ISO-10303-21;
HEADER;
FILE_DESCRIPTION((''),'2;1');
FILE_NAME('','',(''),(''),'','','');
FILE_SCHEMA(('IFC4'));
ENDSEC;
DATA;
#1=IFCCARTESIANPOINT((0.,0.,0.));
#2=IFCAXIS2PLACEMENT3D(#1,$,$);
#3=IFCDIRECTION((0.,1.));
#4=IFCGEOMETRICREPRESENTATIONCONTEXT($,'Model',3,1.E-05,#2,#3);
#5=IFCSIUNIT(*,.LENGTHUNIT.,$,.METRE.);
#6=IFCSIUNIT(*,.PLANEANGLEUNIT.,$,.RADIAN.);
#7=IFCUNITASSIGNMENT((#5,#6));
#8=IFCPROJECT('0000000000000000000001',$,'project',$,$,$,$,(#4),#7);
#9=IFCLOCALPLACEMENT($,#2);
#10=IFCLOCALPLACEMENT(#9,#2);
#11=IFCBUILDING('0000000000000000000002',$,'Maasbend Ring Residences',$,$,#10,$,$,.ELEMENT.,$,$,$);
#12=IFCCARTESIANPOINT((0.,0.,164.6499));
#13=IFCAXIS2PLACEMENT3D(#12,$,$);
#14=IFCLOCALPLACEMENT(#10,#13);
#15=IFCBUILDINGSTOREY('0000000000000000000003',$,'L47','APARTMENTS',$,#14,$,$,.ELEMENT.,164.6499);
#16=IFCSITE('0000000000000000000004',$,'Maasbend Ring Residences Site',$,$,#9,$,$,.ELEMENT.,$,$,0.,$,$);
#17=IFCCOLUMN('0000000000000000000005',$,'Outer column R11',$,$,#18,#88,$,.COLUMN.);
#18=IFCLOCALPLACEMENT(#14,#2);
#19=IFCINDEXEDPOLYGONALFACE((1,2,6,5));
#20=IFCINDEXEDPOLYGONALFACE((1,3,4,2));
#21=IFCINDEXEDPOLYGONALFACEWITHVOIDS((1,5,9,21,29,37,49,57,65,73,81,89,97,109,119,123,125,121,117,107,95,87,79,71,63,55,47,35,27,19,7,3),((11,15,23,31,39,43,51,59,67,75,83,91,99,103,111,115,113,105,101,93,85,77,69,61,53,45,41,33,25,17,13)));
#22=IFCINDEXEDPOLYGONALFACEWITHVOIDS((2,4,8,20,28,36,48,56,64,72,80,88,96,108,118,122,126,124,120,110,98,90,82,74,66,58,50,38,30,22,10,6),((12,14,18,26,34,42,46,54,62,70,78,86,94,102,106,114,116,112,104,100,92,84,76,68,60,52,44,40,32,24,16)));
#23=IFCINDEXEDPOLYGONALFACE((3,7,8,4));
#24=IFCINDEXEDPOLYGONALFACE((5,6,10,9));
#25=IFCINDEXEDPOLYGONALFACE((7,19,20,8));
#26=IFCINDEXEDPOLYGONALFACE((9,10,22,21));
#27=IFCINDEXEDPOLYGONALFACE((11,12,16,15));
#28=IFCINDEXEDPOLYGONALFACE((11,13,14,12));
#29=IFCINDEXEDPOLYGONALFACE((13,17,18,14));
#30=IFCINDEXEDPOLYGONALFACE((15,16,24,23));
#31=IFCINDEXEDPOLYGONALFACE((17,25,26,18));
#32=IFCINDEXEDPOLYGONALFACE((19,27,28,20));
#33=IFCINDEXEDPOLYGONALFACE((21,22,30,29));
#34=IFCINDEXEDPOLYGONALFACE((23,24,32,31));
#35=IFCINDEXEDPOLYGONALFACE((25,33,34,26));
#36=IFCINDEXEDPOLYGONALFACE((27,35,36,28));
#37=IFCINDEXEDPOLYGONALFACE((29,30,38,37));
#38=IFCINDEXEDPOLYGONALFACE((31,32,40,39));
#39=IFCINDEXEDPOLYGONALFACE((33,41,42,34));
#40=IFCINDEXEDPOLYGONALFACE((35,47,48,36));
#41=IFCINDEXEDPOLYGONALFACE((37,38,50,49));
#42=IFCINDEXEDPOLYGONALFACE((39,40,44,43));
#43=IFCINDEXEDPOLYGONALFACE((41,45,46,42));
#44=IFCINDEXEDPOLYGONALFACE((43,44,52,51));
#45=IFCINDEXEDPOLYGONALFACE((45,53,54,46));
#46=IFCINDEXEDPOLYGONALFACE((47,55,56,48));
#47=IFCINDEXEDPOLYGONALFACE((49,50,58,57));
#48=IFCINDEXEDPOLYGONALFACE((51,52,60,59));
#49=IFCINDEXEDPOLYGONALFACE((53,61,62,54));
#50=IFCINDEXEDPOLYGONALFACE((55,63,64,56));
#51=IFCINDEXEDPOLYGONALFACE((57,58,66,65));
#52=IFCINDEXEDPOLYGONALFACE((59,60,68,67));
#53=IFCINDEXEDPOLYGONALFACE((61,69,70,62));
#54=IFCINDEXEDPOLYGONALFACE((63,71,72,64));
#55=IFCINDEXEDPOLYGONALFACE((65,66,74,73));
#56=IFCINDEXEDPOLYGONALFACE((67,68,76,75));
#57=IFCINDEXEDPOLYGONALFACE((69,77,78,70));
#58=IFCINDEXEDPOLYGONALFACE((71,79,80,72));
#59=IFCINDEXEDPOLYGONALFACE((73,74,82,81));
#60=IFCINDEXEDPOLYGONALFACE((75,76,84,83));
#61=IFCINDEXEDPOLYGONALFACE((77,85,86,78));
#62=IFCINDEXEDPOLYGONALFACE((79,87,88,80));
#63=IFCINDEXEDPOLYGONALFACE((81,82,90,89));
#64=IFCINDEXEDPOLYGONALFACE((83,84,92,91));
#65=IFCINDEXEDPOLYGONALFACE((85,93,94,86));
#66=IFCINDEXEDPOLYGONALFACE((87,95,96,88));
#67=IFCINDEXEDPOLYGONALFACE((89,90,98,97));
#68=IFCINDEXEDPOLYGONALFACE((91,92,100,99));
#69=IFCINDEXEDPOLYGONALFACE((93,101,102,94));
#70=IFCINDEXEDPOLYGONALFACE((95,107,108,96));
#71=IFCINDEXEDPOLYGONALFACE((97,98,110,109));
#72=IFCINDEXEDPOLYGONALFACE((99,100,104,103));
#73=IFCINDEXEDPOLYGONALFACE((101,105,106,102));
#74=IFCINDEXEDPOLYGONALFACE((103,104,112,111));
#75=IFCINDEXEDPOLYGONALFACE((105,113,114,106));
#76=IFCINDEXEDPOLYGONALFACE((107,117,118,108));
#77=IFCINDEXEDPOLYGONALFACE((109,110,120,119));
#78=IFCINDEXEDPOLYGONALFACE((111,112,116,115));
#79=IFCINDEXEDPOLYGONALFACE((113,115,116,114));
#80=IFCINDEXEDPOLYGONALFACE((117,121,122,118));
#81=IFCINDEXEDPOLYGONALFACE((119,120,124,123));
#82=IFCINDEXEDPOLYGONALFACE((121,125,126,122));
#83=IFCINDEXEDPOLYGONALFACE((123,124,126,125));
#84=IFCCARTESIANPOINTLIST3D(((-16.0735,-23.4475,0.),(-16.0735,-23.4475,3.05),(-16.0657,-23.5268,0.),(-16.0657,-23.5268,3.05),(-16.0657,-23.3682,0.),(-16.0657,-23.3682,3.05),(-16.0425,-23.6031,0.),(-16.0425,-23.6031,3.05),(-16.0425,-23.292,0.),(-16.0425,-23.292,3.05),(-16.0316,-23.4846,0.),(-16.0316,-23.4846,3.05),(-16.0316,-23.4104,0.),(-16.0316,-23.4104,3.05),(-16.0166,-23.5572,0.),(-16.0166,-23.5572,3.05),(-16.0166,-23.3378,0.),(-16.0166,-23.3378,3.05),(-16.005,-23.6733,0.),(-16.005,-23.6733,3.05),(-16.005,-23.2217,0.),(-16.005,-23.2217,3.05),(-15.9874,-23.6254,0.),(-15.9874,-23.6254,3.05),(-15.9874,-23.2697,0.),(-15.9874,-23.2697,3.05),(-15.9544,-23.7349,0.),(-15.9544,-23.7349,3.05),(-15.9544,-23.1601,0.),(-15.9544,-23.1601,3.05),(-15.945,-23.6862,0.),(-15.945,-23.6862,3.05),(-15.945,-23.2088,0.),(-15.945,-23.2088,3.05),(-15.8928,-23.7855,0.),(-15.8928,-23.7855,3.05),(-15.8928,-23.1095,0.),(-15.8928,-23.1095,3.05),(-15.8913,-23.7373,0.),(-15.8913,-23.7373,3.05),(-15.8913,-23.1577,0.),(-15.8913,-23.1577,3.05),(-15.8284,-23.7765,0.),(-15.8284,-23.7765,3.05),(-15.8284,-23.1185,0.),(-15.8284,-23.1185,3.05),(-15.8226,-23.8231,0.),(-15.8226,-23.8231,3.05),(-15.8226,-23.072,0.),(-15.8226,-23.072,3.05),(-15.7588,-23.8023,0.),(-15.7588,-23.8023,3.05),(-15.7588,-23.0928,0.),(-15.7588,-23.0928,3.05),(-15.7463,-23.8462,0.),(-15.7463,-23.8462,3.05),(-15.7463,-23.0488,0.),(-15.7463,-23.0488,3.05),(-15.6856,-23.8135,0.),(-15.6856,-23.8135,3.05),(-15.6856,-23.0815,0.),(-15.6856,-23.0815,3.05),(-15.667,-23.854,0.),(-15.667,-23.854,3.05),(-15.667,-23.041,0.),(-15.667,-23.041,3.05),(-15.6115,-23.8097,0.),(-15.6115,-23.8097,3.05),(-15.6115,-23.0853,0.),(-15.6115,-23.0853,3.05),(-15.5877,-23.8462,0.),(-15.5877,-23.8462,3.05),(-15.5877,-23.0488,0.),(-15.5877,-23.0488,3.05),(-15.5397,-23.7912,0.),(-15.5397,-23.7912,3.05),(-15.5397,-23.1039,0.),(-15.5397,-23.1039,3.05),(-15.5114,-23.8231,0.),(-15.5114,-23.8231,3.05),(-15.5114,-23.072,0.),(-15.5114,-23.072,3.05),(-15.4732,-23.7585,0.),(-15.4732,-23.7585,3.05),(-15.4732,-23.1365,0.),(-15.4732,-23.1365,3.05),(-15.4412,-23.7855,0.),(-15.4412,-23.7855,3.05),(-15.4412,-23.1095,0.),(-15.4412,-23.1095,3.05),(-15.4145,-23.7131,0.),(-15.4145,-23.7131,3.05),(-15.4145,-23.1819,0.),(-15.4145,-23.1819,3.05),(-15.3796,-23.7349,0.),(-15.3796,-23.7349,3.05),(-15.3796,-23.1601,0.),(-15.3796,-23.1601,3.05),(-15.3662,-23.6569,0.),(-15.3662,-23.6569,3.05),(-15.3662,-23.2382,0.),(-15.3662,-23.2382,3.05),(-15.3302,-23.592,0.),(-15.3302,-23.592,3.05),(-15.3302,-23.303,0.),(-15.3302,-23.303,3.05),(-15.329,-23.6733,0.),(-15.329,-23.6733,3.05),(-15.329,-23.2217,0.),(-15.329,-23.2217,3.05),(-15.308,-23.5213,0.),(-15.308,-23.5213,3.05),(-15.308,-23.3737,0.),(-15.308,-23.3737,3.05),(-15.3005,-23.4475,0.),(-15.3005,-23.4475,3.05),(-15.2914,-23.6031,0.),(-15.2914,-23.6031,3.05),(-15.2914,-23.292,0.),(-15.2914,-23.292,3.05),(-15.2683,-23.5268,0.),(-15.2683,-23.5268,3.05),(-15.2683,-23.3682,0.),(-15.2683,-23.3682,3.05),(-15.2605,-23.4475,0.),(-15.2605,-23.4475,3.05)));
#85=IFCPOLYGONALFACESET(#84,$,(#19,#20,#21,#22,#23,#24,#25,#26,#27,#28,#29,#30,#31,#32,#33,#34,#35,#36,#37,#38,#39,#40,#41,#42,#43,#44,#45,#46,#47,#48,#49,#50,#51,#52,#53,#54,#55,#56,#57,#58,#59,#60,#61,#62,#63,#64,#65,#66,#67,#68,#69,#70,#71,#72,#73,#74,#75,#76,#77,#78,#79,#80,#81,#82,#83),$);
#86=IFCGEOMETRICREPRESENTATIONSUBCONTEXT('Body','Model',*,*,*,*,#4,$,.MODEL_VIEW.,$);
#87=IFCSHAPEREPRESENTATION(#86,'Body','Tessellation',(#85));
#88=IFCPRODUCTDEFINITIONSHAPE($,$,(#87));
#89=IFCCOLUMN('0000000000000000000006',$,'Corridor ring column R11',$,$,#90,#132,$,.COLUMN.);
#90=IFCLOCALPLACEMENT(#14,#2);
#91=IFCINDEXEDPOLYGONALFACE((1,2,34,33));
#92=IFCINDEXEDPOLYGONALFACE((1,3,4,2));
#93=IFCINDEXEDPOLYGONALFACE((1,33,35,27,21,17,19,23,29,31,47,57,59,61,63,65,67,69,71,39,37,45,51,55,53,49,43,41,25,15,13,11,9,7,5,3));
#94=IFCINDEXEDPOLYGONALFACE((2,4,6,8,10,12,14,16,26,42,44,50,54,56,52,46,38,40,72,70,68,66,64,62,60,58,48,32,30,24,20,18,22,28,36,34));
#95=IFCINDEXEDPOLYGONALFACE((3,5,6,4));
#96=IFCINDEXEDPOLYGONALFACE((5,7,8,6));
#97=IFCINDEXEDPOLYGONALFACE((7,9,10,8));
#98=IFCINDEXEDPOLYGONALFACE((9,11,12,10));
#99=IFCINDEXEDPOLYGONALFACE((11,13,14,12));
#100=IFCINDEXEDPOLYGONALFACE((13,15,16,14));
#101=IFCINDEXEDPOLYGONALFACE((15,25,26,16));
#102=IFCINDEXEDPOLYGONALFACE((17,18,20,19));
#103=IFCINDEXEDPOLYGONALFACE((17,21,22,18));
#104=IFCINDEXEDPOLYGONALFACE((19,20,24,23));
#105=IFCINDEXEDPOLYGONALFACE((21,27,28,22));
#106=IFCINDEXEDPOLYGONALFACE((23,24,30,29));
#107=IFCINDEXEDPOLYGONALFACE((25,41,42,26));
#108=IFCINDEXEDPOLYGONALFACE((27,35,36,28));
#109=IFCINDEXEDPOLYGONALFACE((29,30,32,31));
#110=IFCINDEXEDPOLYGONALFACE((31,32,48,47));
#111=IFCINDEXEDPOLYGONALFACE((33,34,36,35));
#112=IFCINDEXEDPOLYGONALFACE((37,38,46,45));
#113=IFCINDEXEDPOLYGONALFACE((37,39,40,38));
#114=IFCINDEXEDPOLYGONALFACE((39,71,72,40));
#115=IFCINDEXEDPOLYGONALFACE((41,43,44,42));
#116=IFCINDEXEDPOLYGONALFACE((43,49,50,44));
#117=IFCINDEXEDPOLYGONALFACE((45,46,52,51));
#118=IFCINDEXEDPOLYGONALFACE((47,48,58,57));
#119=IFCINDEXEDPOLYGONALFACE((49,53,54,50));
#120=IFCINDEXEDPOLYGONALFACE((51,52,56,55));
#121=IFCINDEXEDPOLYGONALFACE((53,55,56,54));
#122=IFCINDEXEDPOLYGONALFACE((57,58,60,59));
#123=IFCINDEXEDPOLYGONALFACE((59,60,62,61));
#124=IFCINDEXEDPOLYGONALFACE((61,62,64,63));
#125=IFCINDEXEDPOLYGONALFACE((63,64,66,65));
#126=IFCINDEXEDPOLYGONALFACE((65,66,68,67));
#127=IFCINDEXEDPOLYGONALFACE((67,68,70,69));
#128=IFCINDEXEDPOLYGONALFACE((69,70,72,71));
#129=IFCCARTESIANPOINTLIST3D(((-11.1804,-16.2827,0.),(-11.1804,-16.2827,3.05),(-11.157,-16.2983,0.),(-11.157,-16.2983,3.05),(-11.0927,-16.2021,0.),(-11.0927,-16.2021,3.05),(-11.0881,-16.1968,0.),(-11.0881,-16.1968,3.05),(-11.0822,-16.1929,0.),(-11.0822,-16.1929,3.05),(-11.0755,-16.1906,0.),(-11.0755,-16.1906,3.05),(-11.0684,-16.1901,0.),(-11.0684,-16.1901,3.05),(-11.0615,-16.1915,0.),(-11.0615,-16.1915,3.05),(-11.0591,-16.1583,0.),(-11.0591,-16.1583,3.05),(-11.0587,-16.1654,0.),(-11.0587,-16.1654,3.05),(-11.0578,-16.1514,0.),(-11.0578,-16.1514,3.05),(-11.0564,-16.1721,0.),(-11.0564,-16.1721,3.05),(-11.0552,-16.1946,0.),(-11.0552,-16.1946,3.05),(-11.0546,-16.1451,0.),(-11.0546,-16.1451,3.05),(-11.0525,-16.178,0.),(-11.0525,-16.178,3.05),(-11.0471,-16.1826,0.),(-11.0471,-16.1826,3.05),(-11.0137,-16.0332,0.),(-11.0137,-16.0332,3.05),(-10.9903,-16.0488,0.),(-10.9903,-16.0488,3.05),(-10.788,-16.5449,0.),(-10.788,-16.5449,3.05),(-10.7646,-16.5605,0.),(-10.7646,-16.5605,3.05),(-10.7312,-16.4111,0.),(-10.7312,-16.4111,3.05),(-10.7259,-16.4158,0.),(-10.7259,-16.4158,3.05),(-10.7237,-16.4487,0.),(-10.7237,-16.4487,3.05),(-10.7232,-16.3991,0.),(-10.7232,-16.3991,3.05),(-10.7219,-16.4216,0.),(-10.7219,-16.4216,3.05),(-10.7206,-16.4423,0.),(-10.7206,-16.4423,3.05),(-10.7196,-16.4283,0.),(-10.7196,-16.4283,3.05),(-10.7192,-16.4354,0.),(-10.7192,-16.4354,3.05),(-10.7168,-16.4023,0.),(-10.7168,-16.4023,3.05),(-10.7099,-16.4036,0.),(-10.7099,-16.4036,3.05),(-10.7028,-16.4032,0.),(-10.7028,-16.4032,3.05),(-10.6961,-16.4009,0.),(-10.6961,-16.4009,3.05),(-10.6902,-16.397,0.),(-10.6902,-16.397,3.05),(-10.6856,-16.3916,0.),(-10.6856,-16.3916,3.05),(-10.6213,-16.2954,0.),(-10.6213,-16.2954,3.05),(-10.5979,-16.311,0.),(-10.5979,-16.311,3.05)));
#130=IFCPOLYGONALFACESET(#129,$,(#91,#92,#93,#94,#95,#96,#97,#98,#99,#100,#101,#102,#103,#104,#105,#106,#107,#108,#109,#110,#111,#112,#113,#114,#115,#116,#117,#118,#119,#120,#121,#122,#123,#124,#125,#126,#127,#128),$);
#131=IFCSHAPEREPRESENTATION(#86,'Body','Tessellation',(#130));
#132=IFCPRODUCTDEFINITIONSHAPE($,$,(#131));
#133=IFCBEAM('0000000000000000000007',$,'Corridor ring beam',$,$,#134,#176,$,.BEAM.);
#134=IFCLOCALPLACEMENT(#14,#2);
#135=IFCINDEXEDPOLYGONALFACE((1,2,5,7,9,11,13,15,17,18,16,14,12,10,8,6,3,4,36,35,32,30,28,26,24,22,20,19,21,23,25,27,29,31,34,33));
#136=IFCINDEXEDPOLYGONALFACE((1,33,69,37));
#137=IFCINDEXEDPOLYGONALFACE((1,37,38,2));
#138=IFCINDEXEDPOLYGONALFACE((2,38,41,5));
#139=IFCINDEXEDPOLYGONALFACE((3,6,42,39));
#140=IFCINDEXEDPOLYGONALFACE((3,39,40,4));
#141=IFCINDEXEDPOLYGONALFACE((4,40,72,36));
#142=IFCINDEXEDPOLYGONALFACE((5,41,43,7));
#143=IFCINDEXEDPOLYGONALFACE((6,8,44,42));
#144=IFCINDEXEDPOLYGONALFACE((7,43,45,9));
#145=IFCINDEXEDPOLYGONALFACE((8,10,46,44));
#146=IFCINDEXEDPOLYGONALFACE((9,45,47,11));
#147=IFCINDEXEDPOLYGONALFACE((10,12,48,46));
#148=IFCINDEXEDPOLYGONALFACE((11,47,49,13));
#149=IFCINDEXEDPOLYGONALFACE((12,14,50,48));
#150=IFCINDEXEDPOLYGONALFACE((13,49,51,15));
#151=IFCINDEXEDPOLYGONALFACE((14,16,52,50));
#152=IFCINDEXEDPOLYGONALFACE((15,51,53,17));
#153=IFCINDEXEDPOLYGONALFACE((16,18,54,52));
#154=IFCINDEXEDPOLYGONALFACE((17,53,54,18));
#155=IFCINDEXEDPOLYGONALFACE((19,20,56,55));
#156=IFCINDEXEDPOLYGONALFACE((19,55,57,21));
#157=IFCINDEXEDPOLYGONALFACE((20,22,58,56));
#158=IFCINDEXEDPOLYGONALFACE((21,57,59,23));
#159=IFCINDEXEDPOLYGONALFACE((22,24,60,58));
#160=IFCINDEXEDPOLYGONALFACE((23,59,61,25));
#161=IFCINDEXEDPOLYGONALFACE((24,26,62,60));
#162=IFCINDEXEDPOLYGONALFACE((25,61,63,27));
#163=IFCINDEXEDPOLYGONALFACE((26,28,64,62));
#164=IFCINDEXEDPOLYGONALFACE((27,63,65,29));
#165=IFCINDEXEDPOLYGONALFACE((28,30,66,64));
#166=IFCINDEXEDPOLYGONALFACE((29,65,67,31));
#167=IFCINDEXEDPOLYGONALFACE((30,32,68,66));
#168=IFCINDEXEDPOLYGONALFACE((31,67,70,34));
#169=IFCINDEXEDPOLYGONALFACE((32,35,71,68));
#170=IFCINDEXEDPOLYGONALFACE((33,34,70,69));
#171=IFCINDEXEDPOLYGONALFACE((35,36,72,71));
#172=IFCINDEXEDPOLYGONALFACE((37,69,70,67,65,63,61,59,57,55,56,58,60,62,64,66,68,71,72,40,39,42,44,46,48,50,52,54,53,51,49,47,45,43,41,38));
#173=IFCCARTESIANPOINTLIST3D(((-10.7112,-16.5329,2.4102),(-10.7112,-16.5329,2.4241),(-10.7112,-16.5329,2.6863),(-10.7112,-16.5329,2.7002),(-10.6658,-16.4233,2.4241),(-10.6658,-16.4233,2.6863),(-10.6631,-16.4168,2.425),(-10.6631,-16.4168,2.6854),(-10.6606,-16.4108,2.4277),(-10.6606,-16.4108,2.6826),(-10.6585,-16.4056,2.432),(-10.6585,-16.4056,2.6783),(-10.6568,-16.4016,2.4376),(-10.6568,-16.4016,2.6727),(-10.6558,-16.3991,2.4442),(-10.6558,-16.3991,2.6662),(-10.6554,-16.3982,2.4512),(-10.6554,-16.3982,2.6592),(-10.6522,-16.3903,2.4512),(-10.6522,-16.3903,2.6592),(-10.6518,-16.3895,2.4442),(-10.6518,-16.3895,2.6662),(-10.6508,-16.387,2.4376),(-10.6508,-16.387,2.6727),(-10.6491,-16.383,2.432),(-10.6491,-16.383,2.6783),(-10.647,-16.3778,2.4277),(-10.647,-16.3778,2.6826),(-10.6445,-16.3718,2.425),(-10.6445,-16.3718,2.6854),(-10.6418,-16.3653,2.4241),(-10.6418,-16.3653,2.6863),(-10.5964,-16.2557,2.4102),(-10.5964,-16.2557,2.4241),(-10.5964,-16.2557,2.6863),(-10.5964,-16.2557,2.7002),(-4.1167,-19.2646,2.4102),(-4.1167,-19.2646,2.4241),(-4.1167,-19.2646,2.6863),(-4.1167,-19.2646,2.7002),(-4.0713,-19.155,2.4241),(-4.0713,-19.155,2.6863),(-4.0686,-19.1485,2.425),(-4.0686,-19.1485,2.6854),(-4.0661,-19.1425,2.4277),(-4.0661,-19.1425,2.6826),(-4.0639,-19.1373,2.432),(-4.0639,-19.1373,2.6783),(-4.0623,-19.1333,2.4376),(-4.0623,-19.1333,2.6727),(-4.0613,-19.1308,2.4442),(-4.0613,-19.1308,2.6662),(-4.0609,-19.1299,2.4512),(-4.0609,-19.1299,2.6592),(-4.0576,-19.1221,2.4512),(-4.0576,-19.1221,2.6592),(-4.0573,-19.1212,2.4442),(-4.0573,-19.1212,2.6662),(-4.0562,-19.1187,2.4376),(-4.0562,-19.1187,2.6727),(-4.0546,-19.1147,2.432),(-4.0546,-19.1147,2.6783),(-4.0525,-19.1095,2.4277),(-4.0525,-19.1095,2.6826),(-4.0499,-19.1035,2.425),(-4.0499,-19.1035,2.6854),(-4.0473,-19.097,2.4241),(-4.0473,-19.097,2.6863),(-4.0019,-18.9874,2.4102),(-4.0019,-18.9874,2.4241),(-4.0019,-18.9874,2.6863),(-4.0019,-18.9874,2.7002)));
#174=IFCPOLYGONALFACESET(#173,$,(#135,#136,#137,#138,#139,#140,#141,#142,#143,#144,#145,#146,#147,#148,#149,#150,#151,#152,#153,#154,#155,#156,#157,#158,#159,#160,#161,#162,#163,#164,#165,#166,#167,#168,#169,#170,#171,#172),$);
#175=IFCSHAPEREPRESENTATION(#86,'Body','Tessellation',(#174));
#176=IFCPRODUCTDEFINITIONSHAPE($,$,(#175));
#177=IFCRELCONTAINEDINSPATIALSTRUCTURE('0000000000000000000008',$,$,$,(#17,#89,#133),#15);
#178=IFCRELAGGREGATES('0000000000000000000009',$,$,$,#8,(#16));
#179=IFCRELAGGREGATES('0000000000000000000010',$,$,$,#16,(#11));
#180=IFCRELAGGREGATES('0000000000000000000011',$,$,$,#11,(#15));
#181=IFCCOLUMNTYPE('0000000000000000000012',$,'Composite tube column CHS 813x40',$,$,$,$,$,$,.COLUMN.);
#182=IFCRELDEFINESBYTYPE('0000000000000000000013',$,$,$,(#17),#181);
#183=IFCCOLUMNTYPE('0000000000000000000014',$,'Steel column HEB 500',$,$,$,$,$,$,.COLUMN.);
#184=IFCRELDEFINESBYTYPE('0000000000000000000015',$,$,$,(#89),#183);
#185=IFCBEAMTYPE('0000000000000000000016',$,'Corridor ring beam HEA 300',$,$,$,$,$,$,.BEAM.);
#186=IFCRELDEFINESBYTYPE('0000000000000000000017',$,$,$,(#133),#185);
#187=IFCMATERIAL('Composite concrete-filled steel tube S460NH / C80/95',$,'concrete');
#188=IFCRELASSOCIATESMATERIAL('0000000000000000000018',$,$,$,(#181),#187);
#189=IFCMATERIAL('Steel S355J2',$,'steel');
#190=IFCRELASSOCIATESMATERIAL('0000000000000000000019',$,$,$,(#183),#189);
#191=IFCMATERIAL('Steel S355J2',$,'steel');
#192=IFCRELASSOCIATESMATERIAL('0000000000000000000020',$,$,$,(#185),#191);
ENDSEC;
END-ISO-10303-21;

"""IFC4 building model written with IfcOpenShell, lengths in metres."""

from ifc_helpers import new_model, si_unit, direction, frame, origin, origin_2d, place, context, subcontext, project, spatial, hollow_circle, i_section, extrude, material, material_profile, profile_set, type_object, element, save


model = new_model("IFC4")

# Units and contexts
model_context = context("Model", 3, precision=1e-05, world=origin(), true_north=direction((0.0, 1.0)))
body_context = subcontext(model_context, "Body", "Model", "MODEL_VIEW")
ifc_project = project(units=[si_unit("LENGTHUNIT", "METRE"), si_unit("PLANEANGLEUNIT", "RADIAN")], contexts=[model_context])

# Site, building, storey
site_placement = place(None, origin())
site = spatial("IfcSite", under=ifc_project, at=site_placement, Name="Maasbend Ring Residences Site", CompositionType="ELEMENT", RefElevation=0.0)
building_placement = place(site_placement, origin())
building = spatial("IfcBuilding", under=site, at=building_placement, Name="Maasbend Ring Residences", CompositionType="ELEMENT")
storey_placement = place(building_placement, frame((0.0, 0.0, 164.6499)))
storey = spatial("IfcBuildingStorey", under=building, at=storey_placement, Name="L47", Description="APARTMENTS", CompositionType="ELEMENT", Elevation=164.6499)

# Columns
ifc_material_1 = material(Name="Composite concrete-filled steel tube S460NH / C80/95", Category="concrete")
ifc_material_profile_1 = material_profile(ifc_material_1, hollow_circle(Radius=0.4065, WallThickness=0.04, at=origin_2d()), Name="Composite tube column CHS 813x40")
ifc_profile_set_1 = profile_set([ifc_material_profile_1], Name="Composite concrete-filled steel tube S460NH / C80/95")
column_type_1 = type_object("IfcColumnType", Name="Composite tube column CHS 813x40", PredefinedType="COLUMN", material=ifc_profile_set_1)
column_1_placement = place(storey_placement, frame((-15.667, -23.4475, 0.0), z_axis=(0.0, 0.0, 1.0), x_axis=(1.0, 0.0, 0.0)))
element("IfcColumn", 1, at=column_1_placement, inside=storey, type_object=column_type_1, Name="Outer column R11", PredefinedType="COLUMN", context=body_context, shape_type="SweptSolid", body=[
    extrude(hollow_circle(Radius=0.4065, WallThickness=0.04, at=origin_2d()), origin(), (0.0, 0.0, 1.0), 3.05),
])
ifc_material_2 = material(Name="Steel S355J2", Category="steel")
ifc_material_profile_2 = material_profile(ifc_material_2, i_section(OverallWidth=0.3, OverallDepth=0.5, WebThickness=0.0144, FlangeThickness=0.0281, FilletRadius=0.0271, at=origin_2d()), Name="HEB 500")
ifc_profile_set_2 = profile_set([ifc_material_profile_2], Name="Steel S355J2")
column_type_2 = type_object("IfcColumnType", Name="Steel column HEB 500", PredefinedType="COLUMN", material=ifc_profile_set_2)
column_2_placement = place(storey_placement, frame((-10.8892, -16.2969, 0.0), z_axis=(0.0, 0.0, 1.0), x_axis=(-0.55557, -0.83147, 0.0)))
element("IfcColumn", 2, at=column_2_placement, inside=storey, type_object=column_type_2, Name="Corridor ring column R11", PredefinedType="COLUMN", context=body_context, shape_type="SweptSolid", body=[
    extrude(i_section(OverallWidth=0.3, OverallDepth=0.5, WebThickness=0.0144, FlangeThickness=0.0281, FilletRadius=0.0271, at=origin_2d()), origin(), (0.0, 0.0, 1.0), 3.05),
])

# Beam
ifc_material_3 = material(Name="Steel S355J2", Category="steel")
ifc_material_profile_3 = material_profile(ifc_material_3, i_section(OverallWidth=0.3, OverallDepth=0.29, WebThickness=0.0085, FlangeThickness=0.0139, FilletRadius=0.0271, at=origin_2d()), Name="HEA 300")
ifc_profile_set_3 = profile_set([ifc_material_profile_3], Name="Steel S355J2")
beam_type_1 = type_object("IfcBeamType", Name="Corridor ring beam HEA 300", PredefinedType="BEAM", material=ifc_profile_set_3)
beam_1_placement = place(storey_placement, frame((-10.6538, -16.3943, 2.5552), z_axis=(0.923871, -0.382703, 0.0), x_axis=(0.382703, 0.923871, 0.0)))
element("IfcBeam", 3, at=beam_1_placement, inside=storey, type_object=beam_type_1, Name="Corridor ring beam", PredefinedType="BEAM", context=body_context, shape_type="SweptSolid", body=[
    extrude(i_section(OverallWidth=0.3, OverallDepth=0.29, WebThickness=0.0085, FlangeThickness=0.0139, FilletRadius=0.0271, at=origin_2d()), origin(), (0.0, 0.0, 1.0), 7.1379),
])

save(model, "model.ifc")
